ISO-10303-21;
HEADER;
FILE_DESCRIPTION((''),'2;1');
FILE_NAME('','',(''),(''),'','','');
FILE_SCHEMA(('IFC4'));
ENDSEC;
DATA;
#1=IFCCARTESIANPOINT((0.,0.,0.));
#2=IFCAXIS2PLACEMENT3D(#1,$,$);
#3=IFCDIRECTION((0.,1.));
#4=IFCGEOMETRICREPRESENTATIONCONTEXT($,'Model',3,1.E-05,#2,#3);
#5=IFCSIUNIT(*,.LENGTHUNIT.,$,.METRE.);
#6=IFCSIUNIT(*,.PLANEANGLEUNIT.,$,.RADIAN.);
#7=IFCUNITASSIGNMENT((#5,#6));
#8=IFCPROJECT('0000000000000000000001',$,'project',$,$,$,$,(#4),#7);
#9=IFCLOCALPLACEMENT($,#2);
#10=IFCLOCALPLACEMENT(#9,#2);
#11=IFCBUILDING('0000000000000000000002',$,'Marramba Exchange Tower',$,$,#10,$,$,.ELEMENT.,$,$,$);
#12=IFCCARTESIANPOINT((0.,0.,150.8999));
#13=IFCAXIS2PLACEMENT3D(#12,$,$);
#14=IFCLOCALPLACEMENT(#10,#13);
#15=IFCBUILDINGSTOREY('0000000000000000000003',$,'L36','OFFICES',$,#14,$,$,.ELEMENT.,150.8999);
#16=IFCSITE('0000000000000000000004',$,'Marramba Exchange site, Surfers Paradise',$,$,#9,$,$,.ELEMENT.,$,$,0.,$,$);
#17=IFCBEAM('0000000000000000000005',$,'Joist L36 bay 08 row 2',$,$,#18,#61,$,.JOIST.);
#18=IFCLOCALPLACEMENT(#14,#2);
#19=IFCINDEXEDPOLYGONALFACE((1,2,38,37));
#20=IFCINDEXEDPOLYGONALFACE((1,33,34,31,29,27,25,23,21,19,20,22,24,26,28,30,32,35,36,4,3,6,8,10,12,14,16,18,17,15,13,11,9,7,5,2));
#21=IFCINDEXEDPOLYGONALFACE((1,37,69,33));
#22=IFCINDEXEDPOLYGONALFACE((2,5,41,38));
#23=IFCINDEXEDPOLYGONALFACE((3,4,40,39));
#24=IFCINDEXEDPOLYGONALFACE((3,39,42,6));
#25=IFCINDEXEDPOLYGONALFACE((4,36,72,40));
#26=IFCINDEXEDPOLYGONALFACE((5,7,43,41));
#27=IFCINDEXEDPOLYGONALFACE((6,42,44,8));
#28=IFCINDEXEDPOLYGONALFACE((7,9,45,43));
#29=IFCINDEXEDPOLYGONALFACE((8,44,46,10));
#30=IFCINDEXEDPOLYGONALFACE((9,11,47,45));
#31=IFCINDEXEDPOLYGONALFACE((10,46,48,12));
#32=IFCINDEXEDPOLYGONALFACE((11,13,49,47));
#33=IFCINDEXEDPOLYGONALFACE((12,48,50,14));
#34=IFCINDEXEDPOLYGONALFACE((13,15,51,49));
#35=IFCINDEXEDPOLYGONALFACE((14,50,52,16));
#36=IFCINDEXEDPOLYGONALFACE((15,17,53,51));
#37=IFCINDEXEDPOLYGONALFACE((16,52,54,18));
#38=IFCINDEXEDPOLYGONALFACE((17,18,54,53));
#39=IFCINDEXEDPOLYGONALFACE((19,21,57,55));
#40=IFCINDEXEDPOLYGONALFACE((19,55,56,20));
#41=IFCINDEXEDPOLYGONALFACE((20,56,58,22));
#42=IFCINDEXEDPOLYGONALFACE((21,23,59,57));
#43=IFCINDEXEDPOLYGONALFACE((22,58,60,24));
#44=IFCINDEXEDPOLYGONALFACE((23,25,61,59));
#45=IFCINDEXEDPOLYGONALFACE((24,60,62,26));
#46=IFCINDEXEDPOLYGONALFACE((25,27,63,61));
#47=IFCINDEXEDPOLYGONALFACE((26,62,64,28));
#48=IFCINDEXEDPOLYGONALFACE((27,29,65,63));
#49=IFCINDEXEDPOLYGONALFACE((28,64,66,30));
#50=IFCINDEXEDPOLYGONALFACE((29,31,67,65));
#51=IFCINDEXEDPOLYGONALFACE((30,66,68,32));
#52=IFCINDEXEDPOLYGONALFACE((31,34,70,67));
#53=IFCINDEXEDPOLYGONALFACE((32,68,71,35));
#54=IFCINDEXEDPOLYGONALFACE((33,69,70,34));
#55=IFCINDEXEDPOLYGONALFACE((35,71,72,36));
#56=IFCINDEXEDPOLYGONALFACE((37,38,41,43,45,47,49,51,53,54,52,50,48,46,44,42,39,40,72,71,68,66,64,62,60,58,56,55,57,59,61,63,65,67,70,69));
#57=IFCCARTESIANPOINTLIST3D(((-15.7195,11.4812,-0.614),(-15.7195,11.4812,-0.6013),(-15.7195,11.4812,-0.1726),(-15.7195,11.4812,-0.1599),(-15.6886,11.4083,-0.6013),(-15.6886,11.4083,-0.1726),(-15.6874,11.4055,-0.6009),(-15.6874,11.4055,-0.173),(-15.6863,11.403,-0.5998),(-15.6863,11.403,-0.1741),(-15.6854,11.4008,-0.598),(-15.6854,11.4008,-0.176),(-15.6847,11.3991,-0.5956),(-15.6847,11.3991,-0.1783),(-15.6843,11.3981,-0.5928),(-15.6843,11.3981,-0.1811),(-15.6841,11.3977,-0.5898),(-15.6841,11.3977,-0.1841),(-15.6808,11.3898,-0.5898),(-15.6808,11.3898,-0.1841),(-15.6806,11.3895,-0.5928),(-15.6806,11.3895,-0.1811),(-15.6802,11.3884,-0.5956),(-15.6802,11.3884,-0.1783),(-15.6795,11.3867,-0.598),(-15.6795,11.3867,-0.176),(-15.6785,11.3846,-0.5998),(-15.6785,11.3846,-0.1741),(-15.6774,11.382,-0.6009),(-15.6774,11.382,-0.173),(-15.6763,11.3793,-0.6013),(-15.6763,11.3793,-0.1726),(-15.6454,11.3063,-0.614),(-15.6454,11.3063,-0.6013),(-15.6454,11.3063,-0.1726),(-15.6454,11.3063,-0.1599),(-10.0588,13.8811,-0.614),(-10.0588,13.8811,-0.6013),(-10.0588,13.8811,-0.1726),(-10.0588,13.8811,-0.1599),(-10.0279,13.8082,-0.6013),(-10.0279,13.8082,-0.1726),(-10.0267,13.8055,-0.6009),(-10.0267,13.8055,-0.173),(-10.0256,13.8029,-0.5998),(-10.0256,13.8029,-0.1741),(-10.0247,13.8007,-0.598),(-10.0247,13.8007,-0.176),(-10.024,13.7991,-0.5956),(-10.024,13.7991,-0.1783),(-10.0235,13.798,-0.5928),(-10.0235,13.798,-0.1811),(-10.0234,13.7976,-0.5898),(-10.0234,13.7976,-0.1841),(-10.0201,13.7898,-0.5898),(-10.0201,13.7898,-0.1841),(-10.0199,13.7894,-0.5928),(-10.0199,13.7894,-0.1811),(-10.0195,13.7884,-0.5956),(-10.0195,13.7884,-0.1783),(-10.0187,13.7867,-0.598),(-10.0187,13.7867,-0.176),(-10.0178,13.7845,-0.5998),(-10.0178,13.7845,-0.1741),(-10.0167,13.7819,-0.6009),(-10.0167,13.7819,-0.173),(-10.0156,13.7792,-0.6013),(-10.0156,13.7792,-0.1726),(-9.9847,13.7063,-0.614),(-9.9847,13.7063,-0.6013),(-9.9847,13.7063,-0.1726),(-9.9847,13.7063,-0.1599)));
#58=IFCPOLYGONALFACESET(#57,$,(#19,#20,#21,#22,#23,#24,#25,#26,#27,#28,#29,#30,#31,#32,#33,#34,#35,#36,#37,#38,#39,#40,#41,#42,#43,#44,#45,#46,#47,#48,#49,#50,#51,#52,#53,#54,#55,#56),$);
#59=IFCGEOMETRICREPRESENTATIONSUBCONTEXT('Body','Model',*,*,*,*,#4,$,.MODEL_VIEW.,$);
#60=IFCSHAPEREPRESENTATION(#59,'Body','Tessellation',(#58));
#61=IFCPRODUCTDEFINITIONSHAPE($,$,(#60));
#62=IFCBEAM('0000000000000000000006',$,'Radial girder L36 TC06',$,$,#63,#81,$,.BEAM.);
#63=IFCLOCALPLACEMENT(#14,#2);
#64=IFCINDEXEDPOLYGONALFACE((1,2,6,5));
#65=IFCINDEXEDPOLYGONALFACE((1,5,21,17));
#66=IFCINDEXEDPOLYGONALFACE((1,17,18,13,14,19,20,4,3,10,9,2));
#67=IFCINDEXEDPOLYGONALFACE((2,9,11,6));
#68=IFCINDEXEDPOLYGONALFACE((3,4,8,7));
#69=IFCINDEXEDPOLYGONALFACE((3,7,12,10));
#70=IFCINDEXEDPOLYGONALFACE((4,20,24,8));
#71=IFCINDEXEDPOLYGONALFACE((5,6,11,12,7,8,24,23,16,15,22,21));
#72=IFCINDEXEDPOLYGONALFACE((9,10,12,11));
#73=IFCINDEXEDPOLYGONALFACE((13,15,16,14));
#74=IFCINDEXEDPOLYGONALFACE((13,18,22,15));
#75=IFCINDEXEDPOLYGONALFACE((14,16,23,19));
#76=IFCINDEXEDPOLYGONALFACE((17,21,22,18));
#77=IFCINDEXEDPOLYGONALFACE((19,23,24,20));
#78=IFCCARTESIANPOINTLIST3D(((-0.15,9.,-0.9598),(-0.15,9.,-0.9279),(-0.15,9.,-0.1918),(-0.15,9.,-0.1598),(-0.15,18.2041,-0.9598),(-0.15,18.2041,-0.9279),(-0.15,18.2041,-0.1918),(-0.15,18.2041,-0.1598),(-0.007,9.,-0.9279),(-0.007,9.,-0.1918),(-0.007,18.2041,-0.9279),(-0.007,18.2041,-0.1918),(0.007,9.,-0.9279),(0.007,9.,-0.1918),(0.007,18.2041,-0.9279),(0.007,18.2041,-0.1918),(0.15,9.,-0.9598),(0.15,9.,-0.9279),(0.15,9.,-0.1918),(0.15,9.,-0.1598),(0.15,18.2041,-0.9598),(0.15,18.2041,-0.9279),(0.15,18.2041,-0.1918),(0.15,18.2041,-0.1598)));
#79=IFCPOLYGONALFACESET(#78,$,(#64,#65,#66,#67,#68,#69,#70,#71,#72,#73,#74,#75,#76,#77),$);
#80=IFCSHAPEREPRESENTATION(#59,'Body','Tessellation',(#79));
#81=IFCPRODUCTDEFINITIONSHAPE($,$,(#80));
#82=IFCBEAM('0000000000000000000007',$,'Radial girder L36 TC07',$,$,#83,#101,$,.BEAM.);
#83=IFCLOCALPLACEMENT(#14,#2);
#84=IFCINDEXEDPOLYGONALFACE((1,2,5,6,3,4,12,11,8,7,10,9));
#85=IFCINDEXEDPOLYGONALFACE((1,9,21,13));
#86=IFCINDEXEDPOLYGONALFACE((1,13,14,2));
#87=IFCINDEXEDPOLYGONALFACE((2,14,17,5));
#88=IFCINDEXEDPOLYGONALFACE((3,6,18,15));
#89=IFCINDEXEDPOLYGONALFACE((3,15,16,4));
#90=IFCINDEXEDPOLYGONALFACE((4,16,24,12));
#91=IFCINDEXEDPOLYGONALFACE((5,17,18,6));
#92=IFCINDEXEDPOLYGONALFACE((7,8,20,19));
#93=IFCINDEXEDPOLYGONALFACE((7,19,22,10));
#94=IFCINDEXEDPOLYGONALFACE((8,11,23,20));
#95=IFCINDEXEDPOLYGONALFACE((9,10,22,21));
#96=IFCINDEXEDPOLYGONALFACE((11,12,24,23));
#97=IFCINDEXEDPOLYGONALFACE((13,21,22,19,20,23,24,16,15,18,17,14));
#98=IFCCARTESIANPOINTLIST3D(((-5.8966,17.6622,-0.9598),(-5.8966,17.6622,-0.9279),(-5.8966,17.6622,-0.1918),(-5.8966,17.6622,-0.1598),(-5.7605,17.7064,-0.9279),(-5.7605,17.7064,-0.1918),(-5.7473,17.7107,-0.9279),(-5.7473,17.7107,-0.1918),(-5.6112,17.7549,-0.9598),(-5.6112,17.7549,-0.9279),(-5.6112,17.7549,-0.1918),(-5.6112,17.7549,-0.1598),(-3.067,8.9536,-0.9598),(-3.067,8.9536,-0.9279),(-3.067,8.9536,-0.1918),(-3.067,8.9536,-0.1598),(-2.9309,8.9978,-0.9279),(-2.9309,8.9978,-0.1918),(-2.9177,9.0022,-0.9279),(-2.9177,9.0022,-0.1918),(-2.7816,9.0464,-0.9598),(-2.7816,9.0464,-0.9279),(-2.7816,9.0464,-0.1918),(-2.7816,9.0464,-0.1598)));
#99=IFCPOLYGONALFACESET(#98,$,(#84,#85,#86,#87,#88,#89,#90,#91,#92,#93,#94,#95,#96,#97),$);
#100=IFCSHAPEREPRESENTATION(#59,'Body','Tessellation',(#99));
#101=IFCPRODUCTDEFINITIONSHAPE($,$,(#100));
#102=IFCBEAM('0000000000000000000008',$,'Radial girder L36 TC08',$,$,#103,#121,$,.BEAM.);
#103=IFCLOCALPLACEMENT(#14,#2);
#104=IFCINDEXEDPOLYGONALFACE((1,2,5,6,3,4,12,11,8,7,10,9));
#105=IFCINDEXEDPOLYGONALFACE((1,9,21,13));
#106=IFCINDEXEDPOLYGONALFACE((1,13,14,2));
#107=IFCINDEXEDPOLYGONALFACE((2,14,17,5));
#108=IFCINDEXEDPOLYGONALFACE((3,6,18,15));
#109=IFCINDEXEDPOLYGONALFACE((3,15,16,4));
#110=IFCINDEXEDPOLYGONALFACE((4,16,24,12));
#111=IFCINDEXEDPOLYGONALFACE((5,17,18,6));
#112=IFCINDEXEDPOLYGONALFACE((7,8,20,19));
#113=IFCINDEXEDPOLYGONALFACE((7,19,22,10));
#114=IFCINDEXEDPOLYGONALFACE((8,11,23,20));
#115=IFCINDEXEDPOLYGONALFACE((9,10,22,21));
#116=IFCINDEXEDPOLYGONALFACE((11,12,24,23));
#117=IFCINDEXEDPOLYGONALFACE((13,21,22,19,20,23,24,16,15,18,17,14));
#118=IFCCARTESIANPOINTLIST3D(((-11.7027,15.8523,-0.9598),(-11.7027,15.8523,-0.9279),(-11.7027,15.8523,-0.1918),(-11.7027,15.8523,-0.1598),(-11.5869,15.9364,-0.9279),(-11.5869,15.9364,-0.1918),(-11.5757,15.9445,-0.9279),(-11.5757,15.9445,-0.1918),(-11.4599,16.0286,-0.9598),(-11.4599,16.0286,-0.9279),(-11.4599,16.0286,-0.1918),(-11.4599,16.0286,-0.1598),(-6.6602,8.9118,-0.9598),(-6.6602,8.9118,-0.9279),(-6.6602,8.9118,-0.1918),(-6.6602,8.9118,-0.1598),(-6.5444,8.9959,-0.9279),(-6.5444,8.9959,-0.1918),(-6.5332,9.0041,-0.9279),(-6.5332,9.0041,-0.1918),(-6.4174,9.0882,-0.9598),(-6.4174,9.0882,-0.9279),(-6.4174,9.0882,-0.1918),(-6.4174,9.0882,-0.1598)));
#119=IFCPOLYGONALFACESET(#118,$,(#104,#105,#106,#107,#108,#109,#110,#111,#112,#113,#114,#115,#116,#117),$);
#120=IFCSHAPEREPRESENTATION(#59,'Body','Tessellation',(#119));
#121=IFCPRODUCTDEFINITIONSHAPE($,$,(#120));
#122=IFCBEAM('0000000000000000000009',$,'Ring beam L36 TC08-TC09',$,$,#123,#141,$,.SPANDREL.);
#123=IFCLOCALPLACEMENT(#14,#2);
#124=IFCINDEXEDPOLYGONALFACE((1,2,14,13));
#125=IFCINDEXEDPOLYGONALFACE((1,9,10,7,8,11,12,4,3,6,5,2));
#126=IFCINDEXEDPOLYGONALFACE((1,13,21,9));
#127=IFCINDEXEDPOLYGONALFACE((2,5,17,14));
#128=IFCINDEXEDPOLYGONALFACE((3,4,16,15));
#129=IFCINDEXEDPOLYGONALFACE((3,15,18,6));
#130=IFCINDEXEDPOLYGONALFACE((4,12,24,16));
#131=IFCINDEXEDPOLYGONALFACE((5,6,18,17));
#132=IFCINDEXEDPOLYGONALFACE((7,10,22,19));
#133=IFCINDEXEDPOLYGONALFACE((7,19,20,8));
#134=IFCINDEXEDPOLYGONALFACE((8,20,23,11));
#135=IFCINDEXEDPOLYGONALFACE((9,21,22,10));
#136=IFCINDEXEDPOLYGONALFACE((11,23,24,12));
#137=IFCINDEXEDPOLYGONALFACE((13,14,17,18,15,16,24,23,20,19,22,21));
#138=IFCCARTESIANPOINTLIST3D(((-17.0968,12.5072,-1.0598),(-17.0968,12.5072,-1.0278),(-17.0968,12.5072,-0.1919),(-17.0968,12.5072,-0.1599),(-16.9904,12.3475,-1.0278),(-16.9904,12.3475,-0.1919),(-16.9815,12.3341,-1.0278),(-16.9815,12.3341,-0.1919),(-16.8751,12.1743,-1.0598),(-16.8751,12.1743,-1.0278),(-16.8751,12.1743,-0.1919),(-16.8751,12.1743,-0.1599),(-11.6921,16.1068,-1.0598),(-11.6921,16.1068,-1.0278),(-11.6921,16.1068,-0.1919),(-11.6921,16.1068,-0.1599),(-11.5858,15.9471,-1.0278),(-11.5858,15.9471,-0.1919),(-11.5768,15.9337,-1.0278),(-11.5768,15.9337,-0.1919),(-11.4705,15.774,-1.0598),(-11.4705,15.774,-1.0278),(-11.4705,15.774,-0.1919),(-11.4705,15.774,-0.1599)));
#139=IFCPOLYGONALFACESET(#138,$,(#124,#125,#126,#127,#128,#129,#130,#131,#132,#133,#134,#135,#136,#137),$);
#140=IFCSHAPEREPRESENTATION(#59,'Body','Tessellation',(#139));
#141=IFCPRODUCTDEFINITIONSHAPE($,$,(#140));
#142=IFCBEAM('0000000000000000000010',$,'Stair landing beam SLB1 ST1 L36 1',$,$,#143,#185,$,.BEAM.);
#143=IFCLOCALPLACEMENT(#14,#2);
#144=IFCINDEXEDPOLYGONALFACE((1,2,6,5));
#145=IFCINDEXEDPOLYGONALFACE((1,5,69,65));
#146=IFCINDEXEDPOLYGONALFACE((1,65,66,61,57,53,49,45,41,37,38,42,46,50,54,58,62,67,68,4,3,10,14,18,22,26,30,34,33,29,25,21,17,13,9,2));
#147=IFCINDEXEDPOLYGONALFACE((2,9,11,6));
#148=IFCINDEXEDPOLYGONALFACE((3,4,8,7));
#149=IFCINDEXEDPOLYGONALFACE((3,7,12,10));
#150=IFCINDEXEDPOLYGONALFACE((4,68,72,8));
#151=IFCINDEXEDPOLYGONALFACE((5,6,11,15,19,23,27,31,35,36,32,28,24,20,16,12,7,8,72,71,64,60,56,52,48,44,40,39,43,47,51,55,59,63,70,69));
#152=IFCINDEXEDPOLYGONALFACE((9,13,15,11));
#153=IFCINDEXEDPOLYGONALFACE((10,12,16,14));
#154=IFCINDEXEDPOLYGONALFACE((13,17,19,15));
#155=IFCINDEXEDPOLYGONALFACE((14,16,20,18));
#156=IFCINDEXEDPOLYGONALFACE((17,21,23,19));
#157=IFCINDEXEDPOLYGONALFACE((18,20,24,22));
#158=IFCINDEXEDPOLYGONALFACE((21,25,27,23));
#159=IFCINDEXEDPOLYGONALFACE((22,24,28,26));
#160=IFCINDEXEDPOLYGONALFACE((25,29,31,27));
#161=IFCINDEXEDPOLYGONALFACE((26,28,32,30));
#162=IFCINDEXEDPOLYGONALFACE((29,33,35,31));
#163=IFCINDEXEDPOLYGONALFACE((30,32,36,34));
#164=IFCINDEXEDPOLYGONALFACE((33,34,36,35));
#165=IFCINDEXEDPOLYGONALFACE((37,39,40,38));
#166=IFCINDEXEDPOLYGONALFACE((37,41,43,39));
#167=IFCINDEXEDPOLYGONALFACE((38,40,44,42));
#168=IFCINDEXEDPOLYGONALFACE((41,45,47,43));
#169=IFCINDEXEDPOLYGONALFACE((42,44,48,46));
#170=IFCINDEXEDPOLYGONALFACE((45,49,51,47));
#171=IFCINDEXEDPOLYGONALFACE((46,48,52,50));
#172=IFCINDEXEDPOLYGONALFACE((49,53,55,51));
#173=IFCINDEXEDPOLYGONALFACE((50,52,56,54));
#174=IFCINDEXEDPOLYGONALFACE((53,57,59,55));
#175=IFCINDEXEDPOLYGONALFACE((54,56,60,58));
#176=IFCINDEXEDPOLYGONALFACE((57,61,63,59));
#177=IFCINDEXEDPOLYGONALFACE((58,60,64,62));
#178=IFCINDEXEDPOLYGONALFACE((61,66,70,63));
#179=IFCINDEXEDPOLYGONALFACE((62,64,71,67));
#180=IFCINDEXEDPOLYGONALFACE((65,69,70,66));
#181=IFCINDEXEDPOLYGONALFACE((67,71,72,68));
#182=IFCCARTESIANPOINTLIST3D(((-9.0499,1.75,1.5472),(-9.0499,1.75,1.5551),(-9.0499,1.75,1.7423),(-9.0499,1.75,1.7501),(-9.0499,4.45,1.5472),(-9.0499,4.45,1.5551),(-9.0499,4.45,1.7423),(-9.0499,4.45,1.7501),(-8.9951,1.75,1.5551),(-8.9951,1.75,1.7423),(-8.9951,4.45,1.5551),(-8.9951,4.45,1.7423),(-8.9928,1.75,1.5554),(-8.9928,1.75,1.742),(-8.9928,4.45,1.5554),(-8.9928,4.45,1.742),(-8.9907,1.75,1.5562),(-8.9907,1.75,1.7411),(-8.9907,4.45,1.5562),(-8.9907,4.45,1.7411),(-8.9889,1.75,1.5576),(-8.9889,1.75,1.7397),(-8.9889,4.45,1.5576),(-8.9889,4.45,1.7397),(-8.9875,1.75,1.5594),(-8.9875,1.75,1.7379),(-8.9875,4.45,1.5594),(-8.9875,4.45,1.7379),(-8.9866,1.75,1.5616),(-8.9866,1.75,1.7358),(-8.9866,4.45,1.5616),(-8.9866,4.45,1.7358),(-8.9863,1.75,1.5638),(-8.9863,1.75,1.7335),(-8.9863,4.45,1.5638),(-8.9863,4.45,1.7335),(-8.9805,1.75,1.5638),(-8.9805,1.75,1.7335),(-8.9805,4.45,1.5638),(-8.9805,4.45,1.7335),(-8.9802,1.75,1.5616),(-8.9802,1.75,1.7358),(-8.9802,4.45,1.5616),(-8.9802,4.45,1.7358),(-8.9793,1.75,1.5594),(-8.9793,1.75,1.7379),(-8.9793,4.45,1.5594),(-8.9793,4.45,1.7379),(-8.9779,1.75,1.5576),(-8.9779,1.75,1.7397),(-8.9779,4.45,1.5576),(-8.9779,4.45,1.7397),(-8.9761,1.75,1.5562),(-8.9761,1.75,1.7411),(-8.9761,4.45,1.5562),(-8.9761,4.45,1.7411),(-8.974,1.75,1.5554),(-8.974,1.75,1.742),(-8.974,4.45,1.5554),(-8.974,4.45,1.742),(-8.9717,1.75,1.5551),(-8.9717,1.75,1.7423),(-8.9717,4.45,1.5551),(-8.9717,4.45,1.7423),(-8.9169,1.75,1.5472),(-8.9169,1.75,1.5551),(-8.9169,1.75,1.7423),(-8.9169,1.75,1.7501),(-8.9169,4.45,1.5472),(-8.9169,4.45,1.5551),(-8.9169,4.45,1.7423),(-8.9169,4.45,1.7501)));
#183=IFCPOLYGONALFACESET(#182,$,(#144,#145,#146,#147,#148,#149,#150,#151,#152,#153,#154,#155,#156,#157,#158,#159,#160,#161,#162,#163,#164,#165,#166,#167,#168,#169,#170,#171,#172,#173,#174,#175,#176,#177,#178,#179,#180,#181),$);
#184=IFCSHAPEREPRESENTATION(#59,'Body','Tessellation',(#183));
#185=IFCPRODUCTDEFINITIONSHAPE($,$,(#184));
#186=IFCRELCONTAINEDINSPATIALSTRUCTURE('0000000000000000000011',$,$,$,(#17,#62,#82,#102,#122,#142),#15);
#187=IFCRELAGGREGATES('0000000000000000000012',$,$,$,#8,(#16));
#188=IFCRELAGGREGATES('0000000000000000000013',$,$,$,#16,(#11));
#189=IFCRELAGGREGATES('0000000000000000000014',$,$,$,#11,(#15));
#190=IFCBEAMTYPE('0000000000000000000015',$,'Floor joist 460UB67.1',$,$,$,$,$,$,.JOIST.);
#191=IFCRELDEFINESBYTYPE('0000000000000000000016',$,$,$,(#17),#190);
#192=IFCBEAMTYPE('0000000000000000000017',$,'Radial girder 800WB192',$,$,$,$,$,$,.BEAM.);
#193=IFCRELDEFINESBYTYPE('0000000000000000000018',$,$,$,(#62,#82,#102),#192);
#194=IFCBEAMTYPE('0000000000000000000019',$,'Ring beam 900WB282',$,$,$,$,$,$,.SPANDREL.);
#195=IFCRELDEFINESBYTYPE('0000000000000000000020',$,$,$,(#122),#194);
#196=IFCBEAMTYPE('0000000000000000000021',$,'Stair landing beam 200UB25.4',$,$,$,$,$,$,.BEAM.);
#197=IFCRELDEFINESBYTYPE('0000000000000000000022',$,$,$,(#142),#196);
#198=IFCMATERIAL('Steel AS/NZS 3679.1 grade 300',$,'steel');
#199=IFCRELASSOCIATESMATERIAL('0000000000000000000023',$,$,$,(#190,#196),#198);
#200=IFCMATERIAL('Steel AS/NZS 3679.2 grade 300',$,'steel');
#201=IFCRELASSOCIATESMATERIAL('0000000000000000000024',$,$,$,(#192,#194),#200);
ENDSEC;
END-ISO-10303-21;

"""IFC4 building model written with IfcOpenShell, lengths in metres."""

from ifc_helpers import new_model, si_unit, direction, frame, origin, origin_2d, place, context, subcontext, project, spatial, i_section, extrude, material, material_profile, profile_set, type_object, element, save


model = new_model("IFC4")

# Units and contexts
model_context = context("Model", 3, precision=1e-05, world=origin(), true_north=direction((0.0, 1.0)))
body_context = subcontext(model_context, "Body", "Model", "MODEL_VIEW")
ifc_project = project(units=[si_unit("LENGTHUNIT", "METRE"), si_unit("PLANEANGLEUNIT", "RADIAN")], contexts=[model_context])

# Site, building, storey
site_placement = place(None, origin())
site = spatial("IfcSite", under=ifc_project, at=site_placement, Name="Marramba Exchange site, Surfers Paradise", CompositionType="ELEMENT", RefElevation=0.0)
building_placement = place(site_placement, origin())
building = spatial("IfcBuilding", under=site, at=building_placement, Name="Marramba Exchange Tower", CompositionType="ELEMENT")
storey_placement = place(building_placement, frame((0.0, 0.0, 150.8999)))
storey = spatial("IfcBuildingStorey", under=building, at=storey_placement, Name="L36", Description="OFFICES", CompositionType="ELEMENT", Elevation=150.8999)

# Beams
ifc_material_1 = material(Name="Steel AS/NZS 3679.1 grade 300", Category="steel")
ifc_material_profile_1 = material_profile(ifc_material_1, i_section(OverallWidth=0.1899, OverallDepth=0.4541, WebThickness=0.0085, FlangeThickness=0.0127, FilletRadius=0.0115, at=origin_2d()), Name="460UB67.1")
ifc_profile_set_1 = profile_set([ifc_material_profile_1], Name="Steel AS/NZS 3679.1 grade 300")
beam_type_1 = type_object("IfcBeamType", Name="Floor joist 460UB67.1", PredefinedType="JOIST", material=ifc_profile_set_1)
beam_1_placement = place(storey_placement, frame((-10.0217, 13.7937, -0.387), z_axis=(-0.920674, -0.390332, 0.0), x_axis=(0.390332, -0.920674, 0.0)))
element("IfcBeam", 1, at=beam_1_placement, inside=storey, type_object=beam_type_1, Name="Joist L36 bay 08 row 2", PredefinedType="JOIST", context=body_context, shape_type="SweptSolid", body=[
    extrude(i_section(OverallWidth=0.1899, OverallDepth=0.4541, WebThickness=0.0085, FlangeThickness=0.0127, FilletRadius=0.0115, at=origin_2d()), origin(), (0.0, 0.0, 1.0), 6.1484),
])
ifc_material_2 = material(Name="Steel AS/NZS 3679.2 grade 300", Category="steel")
ifc_material_profile_2 = material_profile(ifc_material_2, i_section(OverallWidth=0.3, OverallDepth=0.8, WebThickness=0.0139, FlangeThickness=0.032, at=origin_2d()), Name="800WB192")
ifc_profile_set_2 = profile_set([ifc_material_profile_2], Name="Steel AS/NZS 3679.2 grade 300")
beam_type_2 = type_object("IfcBeamType", Name="Radial girder 800WB192", PredefinedType="BEAM", material=ifc_profile_set_2)
beam_2_placement = place(storey_placement, frame((0.0, 9.0, -0.5598), z_axis=(0.0, 1.0, 0.0), x_axis=(-1.0, 0.0, 0.0)))
element("IfcBeam", 2, at=beam_2_placement, inside=storey, type_object=beam_type_2, Name="Radial girder L36 TC06", PredefinedType="BEAM", context=body_context, shape_type="SweptSolid", body=[
    extrude(i_section(OverallWidth=0.3, OverallDepth=0.8, WebThickness=0.0139, FlangeThickness=0.032, at=origin_2d()), origin(), (0.0, 0.0, 1.0), 9.2041),
])
beam_3_placement = place(storey_placement, frame((-2.9243, 9.0, -0.5598), z_axis=(-0.30902, 0.951056, 0.0), x_axis=(-0.951056, -0.30902, 0.0)))
element("IfcBeam", 3, at=beam_3_placement, inside=storey, type_object=beam_type_2, Name="Radial girder L36 TC07", PredefinedType="BEAM", context=body_context, shape_type="SweptSolid", body=[
    extrude(i_section(OverallWidth=0.3, OverallDepth=0.8, WebThickness=0.0139, FlangeThickness=0.032, at=origin_2d()), origin(), (0.0, 0.0, 1.0), 9.1567),
])
beam_4_placement = place(storey_placement, frame((-6.5388, 9.0, -0.5598), z_axis=(-0.587782, 0.809019, 0.0), x_axis=(-0.809019, -0.587782, 0.0)))
element("IfcBeam", 4, at=beam_4_placement, inside=storey, type_object=beam_type_2, Name="Radial girder L36 TC08", PredefinedType="BEAM", context=body_context, shape_type="SweptSolid", body=[
    extrude(i_section(OverallWidth=0.3, OverallDepth=0.8, WebThickness=0.0139, FlangeThickness=0.032, at=origin_2d()), origin(), (0.0, 0.0, 1.0), 8.5789),
])
ifc_material_profile_3 = material_profile(ifc_material_2, i_section(OverallWidth=0.3999, OverallDepth=0.8999, WebThickness=0.0161, FlangeThickness=0.032, at=origin_2d()), Name="900WB282")
ifc_profile_set_3 = profile_set([ifc_material_profile_3], Name="Steel AS/NZS 3679.2 grade 300")
beam_type_3 = type_object("IfcBeamType", Name="Ring beam 900WB282", PredefinedType="SPANDREL", material=ifc_profile_set_3)
beam_5_placement = place(storey_placement, frame((-11.5813, 15.9404, -0.6099), z_axis=(-0.832293, -0.554336, 0.0), x_axis=(0.554336, -0.832293, 0.0)))
element("IfcBeam", 5, at=beam_5_placement, inside=storey, type_object=beam_type_3, Name="Ring beam L36 TC08-TC09", PredefinedType="SPANDREL", context=body_context, shape_type="SweptSolid", body=[
    extrude(i_section(OverallWidth=0.3999, OverallDepth=0.8999, WebThickness=0.0161, FlangeThickness=0.032, at=origin_2d()), origin(), (0.0, 0.0, 1.0), 6.4937),
])
ifc_material_profile_4 = material_profile(ifc_material_1, i_section(OverallWidth=0.1331, OverallDepth=0.2029, WebThickness=0.0059, FlangeThickness=0.0078, FilletRadius=0.0088, at=origin_2d()), Name="200UB25.4")
ifc_profile_set_4 = profile_set([ifc_material_profile_4], Name="Steel AS/NZS 3679.1 grade 300")
beam_type_4 = type_object("IfcBeamType", Name="Stair landing beam 200UB25.4", PredefinedType="BEAM", material=ifc_profile_set_4)
for number, where, z_axis, x_axis, name in (
    (6, (-8.9834, 1.75, 1.6487), (0.0, 1.0, 0.0), (-1.0, 0.0, 0.0), "Stair landing beam SLB1 ST1 L36 1"),
):
    element("IfcBeam", number, at=place(storey_placement, frame(where, z_axis=z_axis, x_axis=x_axis)), inside=storey, type_object=beam_type_4, Name=name, PredefinedType="BEAM", context=body_context, shape_type="SweptSolid", body=[
        extrude(i_section(OverallWidth=0.1331, OverallDepth=0.2029, WebThickness=0.0059, FlangeThickness=0.0078, FilletRadius=0.0088, at=origin_2d()), origin(), (0.0, 0.0, 1.0), 2.7),
    ])

save(model, "model.ifc")
